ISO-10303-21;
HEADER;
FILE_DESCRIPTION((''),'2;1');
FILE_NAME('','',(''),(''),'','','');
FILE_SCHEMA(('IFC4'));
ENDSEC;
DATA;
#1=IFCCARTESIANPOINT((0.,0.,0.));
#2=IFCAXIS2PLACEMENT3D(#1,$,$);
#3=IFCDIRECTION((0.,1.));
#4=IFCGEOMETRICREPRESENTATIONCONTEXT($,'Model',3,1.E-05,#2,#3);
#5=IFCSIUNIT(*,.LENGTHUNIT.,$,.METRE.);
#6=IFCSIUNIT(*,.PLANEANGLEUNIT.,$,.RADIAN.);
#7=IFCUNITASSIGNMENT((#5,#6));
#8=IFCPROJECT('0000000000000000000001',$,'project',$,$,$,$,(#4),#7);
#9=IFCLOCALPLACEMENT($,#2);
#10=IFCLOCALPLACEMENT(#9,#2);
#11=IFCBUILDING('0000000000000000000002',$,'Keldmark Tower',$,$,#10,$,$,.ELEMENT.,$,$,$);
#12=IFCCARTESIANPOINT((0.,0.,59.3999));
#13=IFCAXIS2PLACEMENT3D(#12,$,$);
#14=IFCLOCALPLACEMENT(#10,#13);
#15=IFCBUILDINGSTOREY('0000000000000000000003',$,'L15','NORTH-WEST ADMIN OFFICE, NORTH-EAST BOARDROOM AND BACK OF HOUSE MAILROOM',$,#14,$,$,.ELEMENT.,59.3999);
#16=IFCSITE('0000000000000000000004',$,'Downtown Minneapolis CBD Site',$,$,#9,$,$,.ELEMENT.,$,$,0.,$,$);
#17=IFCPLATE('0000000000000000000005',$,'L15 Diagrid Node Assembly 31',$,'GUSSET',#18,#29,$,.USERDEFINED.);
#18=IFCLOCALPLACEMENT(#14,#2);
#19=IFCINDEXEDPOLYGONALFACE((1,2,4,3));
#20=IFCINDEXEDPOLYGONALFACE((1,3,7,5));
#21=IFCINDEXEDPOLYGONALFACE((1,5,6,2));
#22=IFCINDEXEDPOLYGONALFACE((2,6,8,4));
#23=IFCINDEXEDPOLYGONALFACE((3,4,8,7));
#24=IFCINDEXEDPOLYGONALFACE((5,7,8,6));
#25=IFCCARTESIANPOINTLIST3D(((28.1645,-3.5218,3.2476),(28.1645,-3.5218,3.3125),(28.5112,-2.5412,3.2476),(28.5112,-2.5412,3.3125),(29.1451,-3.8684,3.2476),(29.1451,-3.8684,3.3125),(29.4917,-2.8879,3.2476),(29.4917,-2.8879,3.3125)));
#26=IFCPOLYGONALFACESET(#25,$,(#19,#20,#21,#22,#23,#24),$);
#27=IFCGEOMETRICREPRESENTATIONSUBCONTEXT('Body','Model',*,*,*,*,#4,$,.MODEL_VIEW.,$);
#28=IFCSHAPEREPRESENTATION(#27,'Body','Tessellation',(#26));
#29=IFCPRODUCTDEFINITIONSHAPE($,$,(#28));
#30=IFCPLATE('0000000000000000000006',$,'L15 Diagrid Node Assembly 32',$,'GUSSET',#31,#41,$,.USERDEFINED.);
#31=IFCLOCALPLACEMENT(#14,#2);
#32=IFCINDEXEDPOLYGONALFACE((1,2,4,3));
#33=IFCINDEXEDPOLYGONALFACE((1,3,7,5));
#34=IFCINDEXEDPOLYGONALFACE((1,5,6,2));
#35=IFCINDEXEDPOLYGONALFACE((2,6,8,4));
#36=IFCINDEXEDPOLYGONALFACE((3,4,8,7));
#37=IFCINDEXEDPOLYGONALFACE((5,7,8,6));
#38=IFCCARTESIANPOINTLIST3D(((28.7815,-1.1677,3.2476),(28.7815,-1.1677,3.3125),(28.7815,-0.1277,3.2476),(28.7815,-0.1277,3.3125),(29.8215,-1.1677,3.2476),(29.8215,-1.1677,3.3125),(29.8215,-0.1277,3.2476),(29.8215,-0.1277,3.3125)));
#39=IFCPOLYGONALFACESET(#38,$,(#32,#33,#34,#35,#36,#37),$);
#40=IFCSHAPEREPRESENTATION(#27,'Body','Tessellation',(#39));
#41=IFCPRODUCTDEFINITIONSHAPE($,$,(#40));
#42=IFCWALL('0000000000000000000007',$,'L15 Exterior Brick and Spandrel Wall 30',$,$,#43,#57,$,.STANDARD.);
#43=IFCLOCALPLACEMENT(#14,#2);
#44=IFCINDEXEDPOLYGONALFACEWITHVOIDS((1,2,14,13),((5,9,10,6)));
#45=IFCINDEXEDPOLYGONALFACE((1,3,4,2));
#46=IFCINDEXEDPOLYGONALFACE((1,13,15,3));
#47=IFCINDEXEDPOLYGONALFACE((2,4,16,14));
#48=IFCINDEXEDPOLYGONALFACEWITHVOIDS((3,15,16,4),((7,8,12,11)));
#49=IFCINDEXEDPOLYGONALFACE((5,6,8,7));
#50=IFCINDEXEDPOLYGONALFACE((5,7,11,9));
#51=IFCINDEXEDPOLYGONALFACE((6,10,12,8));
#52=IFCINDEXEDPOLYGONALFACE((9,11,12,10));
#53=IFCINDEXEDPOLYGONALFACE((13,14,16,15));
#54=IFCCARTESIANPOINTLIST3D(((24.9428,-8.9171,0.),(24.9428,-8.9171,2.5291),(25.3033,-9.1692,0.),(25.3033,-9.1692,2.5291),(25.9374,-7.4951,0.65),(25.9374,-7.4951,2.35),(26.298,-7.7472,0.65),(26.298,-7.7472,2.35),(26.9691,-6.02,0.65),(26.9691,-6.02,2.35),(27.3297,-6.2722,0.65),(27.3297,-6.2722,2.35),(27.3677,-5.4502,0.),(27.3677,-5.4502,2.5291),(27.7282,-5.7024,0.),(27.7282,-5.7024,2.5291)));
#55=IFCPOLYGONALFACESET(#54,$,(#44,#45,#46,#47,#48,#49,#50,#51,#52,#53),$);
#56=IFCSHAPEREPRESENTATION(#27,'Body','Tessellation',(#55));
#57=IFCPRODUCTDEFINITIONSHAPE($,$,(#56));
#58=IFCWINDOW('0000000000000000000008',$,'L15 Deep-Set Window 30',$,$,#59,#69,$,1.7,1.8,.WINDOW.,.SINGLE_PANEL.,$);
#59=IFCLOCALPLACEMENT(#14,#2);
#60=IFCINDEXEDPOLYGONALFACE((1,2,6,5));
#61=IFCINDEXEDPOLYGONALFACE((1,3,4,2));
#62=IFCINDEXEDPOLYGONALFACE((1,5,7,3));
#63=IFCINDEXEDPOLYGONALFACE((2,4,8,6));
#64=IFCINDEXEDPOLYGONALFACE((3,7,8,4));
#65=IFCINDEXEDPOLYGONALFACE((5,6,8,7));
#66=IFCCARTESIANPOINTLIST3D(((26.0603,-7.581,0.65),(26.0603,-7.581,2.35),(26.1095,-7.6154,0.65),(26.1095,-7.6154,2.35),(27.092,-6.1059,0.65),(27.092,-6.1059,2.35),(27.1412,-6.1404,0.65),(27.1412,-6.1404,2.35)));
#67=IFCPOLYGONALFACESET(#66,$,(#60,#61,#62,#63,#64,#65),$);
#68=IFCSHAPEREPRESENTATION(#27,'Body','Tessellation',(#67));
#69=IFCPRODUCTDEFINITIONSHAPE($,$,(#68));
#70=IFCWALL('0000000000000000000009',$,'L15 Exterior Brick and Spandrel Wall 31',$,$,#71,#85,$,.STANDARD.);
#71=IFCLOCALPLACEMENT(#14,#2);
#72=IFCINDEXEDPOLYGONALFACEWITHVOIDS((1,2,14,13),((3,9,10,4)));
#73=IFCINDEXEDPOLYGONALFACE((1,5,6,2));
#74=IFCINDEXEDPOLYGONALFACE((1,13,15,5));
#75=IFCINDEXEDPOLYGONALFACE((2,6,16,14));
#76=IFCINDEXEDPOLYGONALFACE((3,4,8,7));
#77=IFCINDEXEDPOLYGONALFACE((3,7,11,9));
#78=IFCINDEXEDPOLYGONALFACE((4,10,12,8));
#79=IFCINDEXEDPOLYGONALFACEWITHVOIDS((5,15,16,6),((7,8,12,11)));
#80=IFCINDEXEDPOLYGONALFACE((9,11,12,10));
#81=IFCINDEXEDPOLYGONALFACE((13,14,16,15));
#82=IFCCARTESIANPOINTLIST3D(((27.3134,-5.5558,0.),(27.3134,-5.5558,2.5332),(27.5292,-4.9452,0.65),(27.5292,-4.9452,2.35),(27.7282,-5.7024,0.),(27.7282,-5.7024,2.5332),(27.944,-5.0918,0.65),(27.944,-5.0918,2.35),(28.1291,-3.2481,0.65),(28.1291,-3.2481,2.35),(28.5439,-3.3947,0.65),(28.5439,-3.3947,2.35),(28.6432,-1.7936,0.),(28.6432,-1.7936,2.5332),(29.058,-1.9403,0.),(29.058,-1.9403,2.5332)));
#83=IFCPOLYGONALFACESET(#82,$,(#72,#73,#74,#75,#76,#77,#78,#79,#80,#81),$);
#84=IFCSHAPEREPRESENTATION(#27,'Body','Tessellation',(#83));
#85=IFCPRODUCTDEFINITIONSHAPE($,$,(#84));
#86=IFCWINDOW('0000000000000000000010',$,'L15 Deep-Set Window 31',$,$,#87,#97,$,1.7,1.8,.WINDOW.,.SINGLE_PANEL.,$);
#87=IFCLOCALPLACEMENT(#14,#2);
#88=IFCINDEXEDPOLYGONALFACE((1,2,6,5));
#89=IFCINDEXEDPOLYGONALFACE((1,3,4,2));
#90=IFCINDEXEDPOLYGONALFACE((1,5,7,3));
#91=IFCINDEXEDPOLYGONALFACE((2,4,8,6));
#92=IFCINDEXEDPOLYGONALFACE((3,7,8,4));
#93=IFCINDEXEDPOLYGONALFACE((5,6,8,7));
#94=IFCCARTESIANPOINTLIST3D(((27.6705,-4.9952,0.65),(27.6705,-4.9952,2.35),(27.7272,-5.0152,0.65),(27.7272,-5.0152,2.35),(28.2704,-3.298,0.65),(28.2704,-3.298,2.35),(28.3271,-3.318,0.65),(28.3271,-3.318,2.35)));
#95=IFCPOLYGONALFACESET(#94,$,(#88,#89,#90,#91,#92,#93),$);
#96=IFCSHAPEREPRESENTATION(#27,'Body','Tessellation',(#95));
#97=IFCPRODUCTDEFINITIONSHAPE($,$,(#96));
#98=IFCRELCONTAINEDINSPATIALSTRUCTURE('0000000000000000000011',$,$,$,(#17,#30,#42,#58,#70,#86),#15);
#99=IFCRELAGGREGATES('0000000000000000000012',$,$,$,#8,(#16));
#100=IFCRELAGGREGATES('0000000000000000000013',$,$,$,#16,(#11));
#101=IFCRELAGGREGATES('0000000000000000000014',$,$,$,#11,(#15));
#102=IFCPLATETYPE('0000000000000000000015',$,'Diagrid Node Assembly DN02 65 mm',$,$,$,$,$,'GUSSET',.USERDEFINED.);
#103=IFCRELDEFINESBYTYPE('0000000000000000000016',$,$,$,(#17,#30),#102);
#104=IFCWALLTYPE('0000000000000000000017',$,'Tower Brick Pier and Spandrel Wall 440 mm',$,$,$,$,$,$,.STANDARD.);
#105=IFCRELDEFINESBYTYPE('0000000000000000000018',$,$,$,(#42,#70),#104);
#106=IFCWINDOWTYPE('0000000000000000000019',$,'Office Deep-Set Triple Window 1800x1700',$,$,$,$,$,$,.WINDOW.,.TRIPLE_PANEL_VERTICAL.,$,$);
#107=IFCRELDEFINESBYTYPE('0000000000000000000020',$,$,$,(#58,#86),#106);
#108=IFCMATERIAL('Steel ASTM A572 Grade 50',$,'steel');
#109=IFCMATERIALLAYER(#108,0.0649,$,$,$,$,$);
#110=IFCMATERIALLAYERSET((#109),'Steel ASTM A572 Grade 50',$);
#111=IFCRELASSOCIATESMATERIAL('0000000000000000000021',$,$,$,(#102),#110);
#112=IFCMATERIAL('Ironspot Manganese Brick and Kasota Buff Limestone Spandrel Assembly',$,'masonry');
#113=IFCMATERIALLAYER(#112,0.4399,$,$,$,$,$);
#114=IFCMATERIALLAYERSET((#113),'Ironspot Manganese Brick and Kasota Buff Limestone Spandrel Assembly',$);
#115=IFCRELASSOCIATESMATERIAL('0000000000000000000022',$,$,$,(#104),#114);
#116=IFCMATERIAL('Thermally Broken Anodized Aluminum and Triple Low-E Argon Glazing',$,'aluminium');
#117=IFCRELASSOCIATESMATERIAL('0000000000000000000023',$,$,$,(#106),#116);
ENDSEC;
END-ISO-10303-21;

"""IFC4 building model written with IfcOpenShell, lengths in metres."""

from ifc_helpers import new_model, si_unit, direction, frame, frame_2d, origin, origin_2d, place, context, subcontext, project, spatial, rectangle, extrude, material, layer, layer_set, type_object, element, fill, save


model = new_model("IFC4")

# Units and contexts
model_context = context("Model", 3, precision=1e-05, world=origin(), true_north=direction((0.0, 1.0)))
body_context = subcontext(model_context, "Body", "Model", "MODEL_VIEW")
ifc_project = project(units=[si_unit("LENGTHUNIT", "METRE"), si_unit("PLANEANGLEUNIT", "RADIAN")], contexts=[model_context])

# Site, building, storey
site_placement = place(None, origin())
site = spatial("IfcSite", under=ifc_project, at=site_placement, Name="Downtown Minneapolis CBD Site", CompositionType="ELEMENT", RefElevation=0.0)
building_placement = place(site_placement, origin())
building = spatial("IfcBuilding", under=site, at=building_placement, Name="Keldmark Tower", CompositionType="ELEMENT")
storey_placement = place(building_placement, frame((0.0, 0.0, 59.3999)))
storey = spatial("IfcBuildingStorey", under=building, at=storey_placement, Name="L15", Description="NORTH-WEST ADMIN OFFICE, NORTH-EAST BOARDROOM AND BACK OF HOUSE MAILROOM", CompositionType="ELEMENT", Elevation=59.3999)

# Plates
ifc_material_1 = material(Name="Steel ASTM A572 Grade 50", Category="steel")
ifc_layer_1 = layer(ifc_material_1, 0.0649)
ifc_layer_set_1 = layer_set([ifc_layer_1], Name="Steel ASTM A572 Grade 50")
plate_type = type_object("IfcPlateType", Name="Diagrid Node Assembly DN02 65 mm", ElementType="GUSSET", PredefinedType="USERDEFINED", material=ifc_layer_set_1)
for number, where, z_axis, x_axis, name in (
    (1, (28.8281, -3.2048, 3.2476), (0.0, 0.0, 1.0), (0.333313, 0.942816, 0.0), "L15 Diagrid Node Assembly 31"),
    (2, (29.3015, -0.6477, 3.2476), (0.0, 0.0, 1.0), (0.0, 1.0, 0.0), "L15 Diagrid Node Assembly 32"),
):
    element("IfcPlate", number, at=place(storey_placement, frame(where, z_axis=z_axis, x_axis=x_axis)), inside=storey, type_object=plate_type, Name=name, ObjectType="GUSSET", PredefinedType="USERDEFINED", context=body_context, shape_type="SweptSolid", body=[
        extrude(rectangle(XDim=1.04, YDim=1.04, at=origin_2d()), origin(), (0.0, 0.0, 1.0), 0.0649),
    ])

# Walls, openings, windows
ifc_material_2 = material(Name="Ironspot Manganese Brick and Kasota Buff Limestone Spandrel Assembly", Category="masonry")
ifc_layer_2 = layer(ifc_material_2, 0.4399)
ifc_layer_set_2 = layer_set([ifc_layer_2], Name="Ironspot Manganese Brick and Kasota Buff Limestone Spandrel Assembly")
wall_type_1 = type_object("IfcWallType", Name="Tower Brick Pier and Spandrel Wall 440 mm", PredefinedType="STANDARD", material=ifc_layer_set_2)
wall_1_placement = place(storey_placement, frame((27.5479, -5.5764, 0.0), z_axis=(0.0, 0.0, 1.0), x_axis=(-0.573152, -0.819449, 0.0)))
wall_1 = element("IfcWall", 3, at=wall_1_placement, inside=storey, type_object=wall_type_1, Name="L15 Exterior Brick and Spandrel Wall 30", PredefinedType="STANDARD", context=body_context, shape_type="SweptSolid", body=[
    extrude(rectangle(XDim=4.2307, YDim=0.4399, at=frame_2d((2.1152, 0.0))), origin(), (0.0, 0.0, 1.0), 2.5291),
])
opening_1_placement = place(wall_1_placement, frame((0.6953, 0.0, 0.6499)))
opening_1 = element("IfcOpeningElement", 4, at=opening_1_placement, cuts=wall_1, PredefinedType="OPENING", context=body_context, shape_type="SweptSolid", body=[
    extrude(rectangle(XDim=1.8, YDim=1.7, at=frame_2d((0.8999, 0.8501))), frame((0.0, 0.23, 0.0), z_axis=(0.0, -1.0, 0.0), x_axis=(1.0, 0.0, 0.0)), (0.0, 0.0, 1.0), 0.46),
])
ifc_material_3 = material(Name="Thermally Broken Anodized Aluminum and Triple Low-E Argon Glazing", Category="aluminium")
window_type = type_object("IfcWindowType", Name="Office Deep-Set Triple Window 1800x1700", PartitioningType="TRIPLE_PANEL_VERTICAL", PredefinedType="WINDOW", material=ifc_material_3)
window_1_placement = place(opening_1_placement, origin())
window_1 = element("IfcWindow", 5, at=window_1_placement, inside=storey, type_object=window_type, Name="L15 Deep-Set Window 30", OverallHeight=1.7, OverallWidth=1.8, PartitioningType="SINGLE_PANEL", PredefinedType="WINDOW", context=body_context, shape_type="SweptSolid", body=[
    extrude(rectangle(XDim=1.8, YDim=1.7, at=frame_2d((0.8999, 0.8501))), frame((0.0, -0.01, 0.0), z_axis=(0.0, -1.0, 0.0), x_axis=(1.0, 0.0, 0.0)), (0.0, 0.0, 1.0), 0.0601),
])
fill(opening_1, window_1)
wall_2_placement = place(storey_placement, frame((28.8506, -1.8669, 0.0), z_axis=(0.0, 0.0, 1.0), x_axis=(-0.333265, -0.942833, 0.0)))
wall_2 = element("IfcWall", 6, at=wall_2_placement, inside=storey, type_object=wall_type_1, Name="L15 Exterior Brick and Spandrel Wall 31", PredefinedType="STANDARD", context=body_context, shape_type="SweptSolid", body=[
    extrude(rectangle(XDim=3.9902, YDim=0.4399, at=frame_2d((1.9951, 0.0))), origin(), (0.0, 0.0, 1.0), 2.5332),
])
opening_2_placement = place(wall_2_placement, frame((1.5427, 0.0, 0.6499)))
opening_2 = element("IfcOpeningElement", 7, at=opening_2_placement, cuts=wall_2, PredefinedType="OPENING", context=body_context, shape_type="SweptSolid", body=[
    extrude(rectangle(XDim=1.8, YDim=1.7, at=frame_2d((0.8999, 0.8501))), frame((0.0, 0.23, 0.0), z_axis=(0.0, -1.0, 0.0), x_axis=(1.0, 0.0, 0.0)), (0.0, 0.0, 1.0), 0.46),
])
window_2_placement = place(opening_2_placement, origin())
window_2 = element("IfcWindow", 8, at=window_2_placement, inside=storey, type_object=window_type, Name="L15 Deep-Set Window 31", OverallHeight=1.7, OverallWidth=1.8, PartitioningType="SINGLE_PANEL", PredefinedType="WINDOW", context=body_context, shape_type="SweptSolid", body=[
    extrude(rectangle(XDim=1.8, YDim=1.7, at=frame_2d((0.8999, 0.8501))), frame((0.0, -0.01, 0.0), z_axis=(0.0, -1.0, 0.0), x_axis=(1.0, 0.0, 0.0)), (0.0, 0.0, 1.0), 0.0601),
])
fill(opening_2, window_2)

save(model, "model.ifc")
